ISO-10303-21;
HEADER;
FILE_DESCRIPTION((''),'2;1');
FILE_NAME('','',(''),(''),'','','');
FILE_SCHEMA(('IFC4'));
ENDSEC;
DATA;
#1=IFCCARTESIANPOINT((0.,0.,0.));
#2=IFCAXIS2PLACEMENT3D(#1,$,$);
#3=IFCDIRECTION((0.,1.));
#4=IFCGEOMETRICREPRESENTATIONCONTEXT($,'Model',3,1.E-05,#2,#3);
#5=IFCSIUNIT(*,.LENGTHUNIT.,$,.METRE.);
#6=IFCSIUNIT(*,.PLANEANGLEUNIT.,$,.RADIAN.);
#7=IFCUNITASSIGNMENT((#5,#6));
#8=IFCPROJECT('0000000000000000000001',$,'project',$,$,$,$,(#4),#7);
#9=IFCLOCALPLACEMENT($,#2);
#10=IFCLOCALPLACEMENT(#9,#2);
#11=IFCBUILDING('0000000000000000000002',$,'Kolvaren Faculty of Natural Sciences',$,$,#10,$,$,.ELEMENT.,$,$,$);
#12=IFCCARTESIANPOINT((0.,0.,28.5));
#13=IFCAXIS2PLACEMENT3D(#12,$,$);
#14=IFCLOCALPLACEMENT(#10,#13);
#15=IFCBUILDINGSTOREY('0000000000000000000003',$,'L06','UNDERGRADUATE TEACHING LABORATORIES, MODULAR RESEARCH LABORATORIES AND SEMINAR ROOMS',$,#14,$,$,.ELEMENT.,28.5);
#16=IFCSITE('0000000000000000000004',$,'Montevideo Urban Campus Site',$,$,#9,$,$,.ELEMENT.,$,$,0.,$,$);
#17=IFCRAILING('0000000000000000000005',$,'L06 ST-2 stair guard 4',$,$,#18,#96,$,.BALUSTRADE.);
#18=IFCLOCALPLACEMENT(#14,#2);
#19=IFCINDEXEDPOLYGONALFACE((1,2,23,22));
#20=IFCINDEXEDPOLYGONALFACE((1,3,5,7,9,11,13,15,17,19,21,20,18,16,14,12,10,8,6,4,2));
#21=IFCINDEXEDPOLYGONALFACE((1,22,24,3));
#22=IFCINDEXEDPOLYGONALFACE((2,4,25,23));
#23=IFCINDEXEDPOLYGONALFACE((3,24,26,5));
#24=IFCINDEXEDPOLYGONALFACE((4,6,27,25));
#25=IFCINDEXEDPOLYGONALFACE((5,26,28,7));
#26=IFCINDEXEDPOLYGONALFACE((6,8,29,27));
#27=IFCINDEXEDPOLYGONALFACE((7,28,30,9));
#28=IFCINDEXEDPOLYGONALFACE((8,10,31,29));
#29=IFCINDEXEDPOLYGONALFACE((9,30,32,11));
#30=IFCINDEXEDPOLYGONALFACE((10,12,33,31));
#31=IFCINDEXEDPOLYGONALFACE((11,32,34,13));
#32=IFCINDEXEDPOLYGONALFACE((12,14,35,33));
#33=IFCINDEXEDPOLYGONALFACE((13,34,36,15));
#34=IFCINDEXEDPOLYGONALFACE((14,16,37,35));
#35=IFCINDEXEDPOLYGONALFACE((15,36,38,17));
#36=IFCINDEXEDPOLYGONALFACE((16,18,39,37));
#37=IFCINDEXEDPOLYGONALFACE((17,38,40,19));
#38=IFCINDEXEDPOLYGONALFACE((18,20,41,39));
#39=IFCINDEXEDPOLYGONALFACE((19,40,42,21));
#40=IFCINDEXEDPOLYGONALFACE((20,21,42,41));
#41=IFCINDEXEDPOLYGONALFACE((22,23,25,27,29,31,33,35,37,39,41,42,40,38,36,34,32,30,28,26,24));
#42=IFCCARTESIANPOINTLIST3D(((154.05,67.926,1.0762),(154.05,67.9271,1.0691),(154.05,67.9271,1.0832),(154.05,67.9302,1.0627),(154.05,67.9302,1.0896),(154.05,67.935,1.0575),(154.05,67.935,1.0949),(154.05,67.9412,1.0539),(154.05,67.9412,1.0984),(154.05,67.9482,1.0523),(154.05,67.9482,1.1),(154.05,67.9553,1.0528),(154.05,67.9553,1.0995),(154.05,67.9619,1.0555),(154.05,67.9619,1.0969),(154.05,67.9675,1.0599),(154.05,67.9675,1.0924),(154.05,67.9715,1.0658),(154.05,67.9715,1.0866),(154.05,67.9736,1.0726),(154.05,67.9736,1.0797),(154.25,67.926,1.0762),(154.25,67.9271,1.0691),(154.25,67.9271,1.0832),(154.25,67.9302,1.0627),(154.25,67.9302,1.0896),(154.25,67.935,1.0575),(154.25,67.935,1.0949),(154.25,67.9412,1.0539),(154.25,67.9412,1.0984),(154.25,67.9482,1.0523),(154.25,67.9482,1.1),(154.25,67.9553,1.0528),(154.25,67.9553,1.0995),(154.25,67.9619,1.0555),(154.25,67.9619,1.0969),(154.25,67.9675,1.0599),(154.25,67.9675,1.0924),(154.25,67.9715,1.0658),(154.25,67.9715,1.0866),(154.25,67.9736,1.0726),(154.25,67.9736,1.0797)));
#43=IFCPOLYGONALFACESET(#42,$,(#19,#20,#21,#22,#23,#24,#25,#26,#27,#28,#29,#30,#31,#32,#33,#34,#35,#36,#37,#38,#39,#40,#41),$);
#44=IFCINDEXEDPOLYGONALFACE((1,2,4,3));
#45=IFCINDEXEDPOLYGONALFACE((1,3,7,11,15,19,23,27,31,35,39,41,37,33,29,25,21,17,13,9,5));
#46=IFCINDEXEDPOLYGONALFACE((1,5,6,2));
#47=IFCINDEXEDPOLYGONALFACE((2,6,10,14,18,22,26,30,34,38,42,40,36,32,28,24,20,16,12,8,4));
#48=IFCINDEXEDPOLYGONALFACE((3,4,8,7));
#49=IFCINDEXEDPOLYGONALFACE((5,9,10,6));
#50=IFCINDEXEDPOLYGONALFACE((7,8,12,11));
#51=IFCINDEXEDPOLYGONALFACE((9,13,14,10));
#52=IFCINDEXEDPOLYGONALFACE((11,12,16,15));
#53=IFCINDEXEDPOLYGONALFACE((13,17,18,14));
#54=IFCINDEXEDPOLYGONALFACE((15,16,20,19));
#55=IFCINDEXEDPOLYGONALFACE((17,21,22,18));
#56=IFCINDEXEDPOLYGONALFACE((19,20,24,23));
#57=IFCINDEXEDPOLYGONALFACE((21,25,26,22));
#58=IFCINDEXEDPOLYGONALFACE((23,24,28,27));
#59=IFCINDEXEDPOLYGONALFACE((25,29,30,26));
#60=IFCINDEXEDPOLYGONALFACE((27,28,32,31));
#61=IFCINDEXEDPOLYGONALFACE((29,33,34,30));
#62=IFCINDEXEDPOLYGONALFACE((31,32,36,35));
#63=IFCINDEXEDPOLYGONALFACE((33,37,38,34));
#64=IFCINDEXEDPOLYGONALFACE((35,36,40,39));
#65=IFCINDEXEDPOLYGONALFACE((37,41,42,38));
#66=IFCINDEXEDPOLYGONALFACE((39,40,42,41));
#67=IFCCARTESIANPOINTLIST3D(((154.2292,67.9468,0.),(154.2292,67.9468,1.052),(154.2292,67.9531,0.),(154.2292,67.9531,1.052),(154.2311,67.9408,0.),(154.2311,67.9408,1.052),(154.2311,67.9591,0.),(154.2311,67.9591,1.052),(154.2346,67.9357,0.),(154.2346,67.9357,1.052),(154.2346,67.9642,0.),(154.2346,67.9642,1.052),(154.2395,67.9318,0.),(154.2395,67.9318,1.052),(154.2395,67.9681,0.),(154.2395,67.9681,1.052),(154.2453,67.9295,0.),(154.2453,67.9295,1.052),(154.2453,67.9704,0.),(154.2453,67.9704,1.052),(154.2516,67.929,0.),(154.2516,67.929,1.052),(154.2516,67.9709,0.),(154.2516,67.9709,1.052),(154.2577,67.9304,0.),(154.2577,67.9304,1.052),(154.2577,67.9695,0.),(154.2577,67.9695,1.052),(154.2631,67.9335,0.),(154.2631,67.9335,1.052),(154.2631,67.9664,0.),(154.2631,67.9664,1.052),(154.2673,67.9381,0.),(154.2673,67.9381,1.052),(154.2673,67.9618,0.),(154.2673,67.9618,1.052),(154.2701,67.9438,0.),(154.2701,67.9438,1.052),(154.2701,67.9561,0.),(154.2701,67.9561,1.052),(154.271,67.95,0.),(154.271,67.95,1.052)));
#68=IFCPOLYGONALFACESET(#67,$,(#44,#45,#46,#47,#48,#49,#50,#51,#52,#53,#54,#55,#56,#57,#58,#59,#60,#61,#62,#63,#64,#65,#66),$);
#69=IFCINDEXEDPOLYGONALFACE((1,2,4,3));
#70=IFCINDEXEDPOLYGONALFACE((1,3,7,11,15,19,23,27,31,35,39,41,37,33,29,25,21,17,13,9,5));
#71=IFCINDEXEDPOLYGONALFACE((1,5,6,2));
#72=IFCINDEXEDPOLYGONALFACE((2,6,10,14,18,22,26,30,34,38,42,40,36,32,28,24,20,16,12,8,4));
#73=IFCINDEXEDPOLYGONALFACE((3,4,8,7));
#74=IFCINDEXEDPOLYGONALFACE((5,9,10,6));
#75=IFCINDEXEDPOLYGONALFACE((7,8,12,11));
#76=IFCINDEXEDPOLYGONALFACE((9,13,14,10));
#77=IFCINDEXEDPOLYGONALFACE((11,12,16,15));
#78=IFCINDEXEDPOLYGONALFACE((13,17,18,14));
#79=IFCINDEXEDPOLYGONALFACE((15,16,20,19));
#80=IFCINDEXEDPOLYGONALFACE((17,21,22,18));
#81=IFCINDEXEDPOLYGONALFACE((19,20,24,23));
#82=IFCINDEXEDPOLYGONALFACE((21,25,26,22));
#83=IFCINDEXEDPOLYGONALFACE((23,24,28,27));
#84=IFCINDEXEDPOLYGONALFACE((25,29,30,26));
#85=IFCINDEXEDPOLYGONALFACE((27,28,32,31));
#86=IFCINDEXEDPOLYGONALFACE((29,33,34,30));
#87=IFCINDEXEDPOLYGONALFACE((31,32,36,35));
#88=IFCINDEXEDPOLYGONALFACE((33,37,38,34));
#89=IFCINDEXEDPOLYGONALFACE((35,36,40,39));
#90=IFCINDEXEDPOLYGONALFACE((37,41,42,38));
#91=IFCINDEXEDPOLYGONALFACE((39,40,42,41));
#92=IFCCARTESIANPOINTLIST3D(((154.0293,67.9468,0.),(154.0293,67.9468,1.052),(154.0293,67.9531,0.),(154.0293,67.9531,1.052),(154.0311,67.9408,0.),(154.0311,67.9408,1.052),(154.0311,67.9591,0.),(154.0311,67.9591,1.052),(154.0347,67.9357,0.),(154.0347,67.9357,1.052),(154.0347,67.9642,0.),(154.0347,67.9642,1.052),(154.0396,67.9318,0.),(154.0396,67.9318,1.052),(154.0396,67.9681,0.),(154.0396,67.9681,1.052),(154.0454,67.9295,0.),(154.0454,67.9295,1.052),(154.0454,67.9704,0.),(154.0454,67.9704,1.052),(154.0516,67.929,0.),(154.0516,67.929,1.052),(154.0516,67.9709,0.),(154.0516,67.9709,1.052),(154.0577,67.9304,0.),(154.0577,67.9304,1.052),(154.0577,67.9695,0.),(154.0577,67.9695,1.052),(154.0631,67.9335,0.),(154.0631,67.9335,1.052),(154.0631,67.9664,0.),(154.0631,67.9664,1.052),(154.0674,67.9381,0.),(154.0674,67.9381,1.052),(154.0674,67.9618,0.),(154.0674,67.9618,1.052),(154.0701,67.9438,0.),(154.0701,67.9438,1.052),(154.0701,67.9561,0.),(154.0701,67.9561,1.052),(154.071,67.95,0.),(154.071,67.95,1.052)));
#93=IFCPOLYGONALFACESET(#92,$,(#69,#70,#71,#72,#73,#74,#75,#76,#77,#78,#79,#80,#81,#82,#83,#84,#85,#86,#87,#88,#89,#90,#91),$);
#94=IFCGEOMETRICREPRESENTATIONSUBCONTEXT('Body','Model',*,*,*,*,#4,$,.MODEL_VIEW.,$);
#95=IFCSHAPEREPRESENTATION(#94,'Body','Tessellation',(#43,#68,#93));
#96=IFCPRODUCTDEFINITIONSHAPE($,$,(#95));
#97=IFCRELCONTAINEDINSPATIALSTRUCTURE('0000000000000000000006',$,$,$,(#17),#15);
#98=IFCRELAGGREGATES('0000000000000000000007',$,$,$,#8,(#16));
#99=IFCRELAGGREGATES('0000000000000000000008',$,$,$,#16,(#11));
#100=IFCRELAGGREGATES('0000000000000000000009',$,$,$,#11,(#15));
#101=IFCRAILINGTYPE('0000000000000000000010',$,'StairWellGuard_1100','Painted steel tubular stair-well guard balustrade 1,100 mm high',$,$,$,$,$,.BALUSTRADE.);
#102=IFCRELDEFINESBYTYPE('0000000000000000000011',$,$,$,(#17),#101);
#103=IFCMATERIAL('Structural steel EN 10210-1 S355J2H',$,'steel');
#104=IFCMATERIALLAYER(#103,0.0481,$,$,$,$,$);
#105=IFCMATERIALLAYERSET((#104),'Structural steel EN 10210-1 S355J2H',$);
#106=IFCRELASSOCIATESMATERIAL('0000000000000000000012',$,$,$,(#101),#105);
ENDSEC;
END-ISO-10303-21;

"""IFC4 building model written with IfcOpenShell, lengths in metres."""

from ifc_helpers import new_model, si_unit, direction, frame, origin, origin_2d, place, context, subcontext, project, spatial, circle, extrude, material, layer, layer_set, type_object, element, save


model = new_model("IFC4")

# Units and contexts
model_context = context("Model", 3, precision=1e-05, world=origin(), true_north=direction((0.0, 1.0)))
body_context = subcontext(model_context, "Body", "Model", "MODEL_VIEW")
ifc_project = project(units=[si_unit("LENGTHUNIT", "METRE"), si_unit("PLANEANGLEUNIT", "RADIAN")], contexts=[model_context])

# Site, building, storey
site_placement = place(None, origin())
site = spatial("IfcSite", under=ifc_project, at=site_placement, Name="Montevideo Urban Campus Site", CompositionType="ELEMENT", RefElevation=0.0)
building_placement = place(site_placement, origin())
building = spatial("IfcBuilding", under=site, at=building_placement, Name="Kolvaren Faculty of Natural Sciences", CompositionType="ELEMENT")
storey_placement = place(building_placement, frame((0.0, 0.0, 28.5)))
storey = spatial("IfcBuildingStorey", under=building, at=storey_placement, Name="L06", Description="UNDERGRADUATE TEACHING LABORATORIES, MODULAR RESEARCH LABORATORIES AND SEMINAR ROOMS", CompositionType="ELEMENT", Elevation=28.5)

# Railing
ifc_material_1 = material(Name="Structural steel EN 10210-1 S355J2H", Category="steel")
ifc_layer_1 = layer(ifc_material_1, 0.0481)
ifc_layer_set_1 = layer_set([ifc_layer_1], Name="Structural steel EN 10210-1 S355J2H")
railing_type_1 = type_object("IfcRailingType", Name="StairWellGuard_1100", Description="Painted steel tubular stair-well guard balustrade 1,100 mm high", PredefinedType="BALUSTRADE", material=ifc_layer_set_1)
railing_1_placement = place(storey_placement, frame((154.25, 67.95, 0.0)))
element("IfcRailing", 1, at=railing_1_placement, inside=storey, type_object=railing_type_1, Name="L06 ST-2 stair guard 4", PredefinedType="BALUSTRADE", context=body_context, shape_type="SweptSolid", body=[
    extrude(circle(Radius=0.0239, at=origin_2d()), frame((0.0, 0.0, 1.0762), z_axis=(-1.0, 0.0, 0.0), x_axis=(0.0, -1.0, 0.0)), (0.0, 0.0, 1.0), 0.2),
    extrude(circle(Radius=0.021, at=origin_2d()), origin(), (0.0, 0.0, 1.0), 1.052),
    extrude(circle(Radius=0.021, at=origin_2d()), frame((-0.2, 0.0, 0.0)), (0.0, 0.0, 1.0), 1.052),
])

save(model, "model.ifc")
